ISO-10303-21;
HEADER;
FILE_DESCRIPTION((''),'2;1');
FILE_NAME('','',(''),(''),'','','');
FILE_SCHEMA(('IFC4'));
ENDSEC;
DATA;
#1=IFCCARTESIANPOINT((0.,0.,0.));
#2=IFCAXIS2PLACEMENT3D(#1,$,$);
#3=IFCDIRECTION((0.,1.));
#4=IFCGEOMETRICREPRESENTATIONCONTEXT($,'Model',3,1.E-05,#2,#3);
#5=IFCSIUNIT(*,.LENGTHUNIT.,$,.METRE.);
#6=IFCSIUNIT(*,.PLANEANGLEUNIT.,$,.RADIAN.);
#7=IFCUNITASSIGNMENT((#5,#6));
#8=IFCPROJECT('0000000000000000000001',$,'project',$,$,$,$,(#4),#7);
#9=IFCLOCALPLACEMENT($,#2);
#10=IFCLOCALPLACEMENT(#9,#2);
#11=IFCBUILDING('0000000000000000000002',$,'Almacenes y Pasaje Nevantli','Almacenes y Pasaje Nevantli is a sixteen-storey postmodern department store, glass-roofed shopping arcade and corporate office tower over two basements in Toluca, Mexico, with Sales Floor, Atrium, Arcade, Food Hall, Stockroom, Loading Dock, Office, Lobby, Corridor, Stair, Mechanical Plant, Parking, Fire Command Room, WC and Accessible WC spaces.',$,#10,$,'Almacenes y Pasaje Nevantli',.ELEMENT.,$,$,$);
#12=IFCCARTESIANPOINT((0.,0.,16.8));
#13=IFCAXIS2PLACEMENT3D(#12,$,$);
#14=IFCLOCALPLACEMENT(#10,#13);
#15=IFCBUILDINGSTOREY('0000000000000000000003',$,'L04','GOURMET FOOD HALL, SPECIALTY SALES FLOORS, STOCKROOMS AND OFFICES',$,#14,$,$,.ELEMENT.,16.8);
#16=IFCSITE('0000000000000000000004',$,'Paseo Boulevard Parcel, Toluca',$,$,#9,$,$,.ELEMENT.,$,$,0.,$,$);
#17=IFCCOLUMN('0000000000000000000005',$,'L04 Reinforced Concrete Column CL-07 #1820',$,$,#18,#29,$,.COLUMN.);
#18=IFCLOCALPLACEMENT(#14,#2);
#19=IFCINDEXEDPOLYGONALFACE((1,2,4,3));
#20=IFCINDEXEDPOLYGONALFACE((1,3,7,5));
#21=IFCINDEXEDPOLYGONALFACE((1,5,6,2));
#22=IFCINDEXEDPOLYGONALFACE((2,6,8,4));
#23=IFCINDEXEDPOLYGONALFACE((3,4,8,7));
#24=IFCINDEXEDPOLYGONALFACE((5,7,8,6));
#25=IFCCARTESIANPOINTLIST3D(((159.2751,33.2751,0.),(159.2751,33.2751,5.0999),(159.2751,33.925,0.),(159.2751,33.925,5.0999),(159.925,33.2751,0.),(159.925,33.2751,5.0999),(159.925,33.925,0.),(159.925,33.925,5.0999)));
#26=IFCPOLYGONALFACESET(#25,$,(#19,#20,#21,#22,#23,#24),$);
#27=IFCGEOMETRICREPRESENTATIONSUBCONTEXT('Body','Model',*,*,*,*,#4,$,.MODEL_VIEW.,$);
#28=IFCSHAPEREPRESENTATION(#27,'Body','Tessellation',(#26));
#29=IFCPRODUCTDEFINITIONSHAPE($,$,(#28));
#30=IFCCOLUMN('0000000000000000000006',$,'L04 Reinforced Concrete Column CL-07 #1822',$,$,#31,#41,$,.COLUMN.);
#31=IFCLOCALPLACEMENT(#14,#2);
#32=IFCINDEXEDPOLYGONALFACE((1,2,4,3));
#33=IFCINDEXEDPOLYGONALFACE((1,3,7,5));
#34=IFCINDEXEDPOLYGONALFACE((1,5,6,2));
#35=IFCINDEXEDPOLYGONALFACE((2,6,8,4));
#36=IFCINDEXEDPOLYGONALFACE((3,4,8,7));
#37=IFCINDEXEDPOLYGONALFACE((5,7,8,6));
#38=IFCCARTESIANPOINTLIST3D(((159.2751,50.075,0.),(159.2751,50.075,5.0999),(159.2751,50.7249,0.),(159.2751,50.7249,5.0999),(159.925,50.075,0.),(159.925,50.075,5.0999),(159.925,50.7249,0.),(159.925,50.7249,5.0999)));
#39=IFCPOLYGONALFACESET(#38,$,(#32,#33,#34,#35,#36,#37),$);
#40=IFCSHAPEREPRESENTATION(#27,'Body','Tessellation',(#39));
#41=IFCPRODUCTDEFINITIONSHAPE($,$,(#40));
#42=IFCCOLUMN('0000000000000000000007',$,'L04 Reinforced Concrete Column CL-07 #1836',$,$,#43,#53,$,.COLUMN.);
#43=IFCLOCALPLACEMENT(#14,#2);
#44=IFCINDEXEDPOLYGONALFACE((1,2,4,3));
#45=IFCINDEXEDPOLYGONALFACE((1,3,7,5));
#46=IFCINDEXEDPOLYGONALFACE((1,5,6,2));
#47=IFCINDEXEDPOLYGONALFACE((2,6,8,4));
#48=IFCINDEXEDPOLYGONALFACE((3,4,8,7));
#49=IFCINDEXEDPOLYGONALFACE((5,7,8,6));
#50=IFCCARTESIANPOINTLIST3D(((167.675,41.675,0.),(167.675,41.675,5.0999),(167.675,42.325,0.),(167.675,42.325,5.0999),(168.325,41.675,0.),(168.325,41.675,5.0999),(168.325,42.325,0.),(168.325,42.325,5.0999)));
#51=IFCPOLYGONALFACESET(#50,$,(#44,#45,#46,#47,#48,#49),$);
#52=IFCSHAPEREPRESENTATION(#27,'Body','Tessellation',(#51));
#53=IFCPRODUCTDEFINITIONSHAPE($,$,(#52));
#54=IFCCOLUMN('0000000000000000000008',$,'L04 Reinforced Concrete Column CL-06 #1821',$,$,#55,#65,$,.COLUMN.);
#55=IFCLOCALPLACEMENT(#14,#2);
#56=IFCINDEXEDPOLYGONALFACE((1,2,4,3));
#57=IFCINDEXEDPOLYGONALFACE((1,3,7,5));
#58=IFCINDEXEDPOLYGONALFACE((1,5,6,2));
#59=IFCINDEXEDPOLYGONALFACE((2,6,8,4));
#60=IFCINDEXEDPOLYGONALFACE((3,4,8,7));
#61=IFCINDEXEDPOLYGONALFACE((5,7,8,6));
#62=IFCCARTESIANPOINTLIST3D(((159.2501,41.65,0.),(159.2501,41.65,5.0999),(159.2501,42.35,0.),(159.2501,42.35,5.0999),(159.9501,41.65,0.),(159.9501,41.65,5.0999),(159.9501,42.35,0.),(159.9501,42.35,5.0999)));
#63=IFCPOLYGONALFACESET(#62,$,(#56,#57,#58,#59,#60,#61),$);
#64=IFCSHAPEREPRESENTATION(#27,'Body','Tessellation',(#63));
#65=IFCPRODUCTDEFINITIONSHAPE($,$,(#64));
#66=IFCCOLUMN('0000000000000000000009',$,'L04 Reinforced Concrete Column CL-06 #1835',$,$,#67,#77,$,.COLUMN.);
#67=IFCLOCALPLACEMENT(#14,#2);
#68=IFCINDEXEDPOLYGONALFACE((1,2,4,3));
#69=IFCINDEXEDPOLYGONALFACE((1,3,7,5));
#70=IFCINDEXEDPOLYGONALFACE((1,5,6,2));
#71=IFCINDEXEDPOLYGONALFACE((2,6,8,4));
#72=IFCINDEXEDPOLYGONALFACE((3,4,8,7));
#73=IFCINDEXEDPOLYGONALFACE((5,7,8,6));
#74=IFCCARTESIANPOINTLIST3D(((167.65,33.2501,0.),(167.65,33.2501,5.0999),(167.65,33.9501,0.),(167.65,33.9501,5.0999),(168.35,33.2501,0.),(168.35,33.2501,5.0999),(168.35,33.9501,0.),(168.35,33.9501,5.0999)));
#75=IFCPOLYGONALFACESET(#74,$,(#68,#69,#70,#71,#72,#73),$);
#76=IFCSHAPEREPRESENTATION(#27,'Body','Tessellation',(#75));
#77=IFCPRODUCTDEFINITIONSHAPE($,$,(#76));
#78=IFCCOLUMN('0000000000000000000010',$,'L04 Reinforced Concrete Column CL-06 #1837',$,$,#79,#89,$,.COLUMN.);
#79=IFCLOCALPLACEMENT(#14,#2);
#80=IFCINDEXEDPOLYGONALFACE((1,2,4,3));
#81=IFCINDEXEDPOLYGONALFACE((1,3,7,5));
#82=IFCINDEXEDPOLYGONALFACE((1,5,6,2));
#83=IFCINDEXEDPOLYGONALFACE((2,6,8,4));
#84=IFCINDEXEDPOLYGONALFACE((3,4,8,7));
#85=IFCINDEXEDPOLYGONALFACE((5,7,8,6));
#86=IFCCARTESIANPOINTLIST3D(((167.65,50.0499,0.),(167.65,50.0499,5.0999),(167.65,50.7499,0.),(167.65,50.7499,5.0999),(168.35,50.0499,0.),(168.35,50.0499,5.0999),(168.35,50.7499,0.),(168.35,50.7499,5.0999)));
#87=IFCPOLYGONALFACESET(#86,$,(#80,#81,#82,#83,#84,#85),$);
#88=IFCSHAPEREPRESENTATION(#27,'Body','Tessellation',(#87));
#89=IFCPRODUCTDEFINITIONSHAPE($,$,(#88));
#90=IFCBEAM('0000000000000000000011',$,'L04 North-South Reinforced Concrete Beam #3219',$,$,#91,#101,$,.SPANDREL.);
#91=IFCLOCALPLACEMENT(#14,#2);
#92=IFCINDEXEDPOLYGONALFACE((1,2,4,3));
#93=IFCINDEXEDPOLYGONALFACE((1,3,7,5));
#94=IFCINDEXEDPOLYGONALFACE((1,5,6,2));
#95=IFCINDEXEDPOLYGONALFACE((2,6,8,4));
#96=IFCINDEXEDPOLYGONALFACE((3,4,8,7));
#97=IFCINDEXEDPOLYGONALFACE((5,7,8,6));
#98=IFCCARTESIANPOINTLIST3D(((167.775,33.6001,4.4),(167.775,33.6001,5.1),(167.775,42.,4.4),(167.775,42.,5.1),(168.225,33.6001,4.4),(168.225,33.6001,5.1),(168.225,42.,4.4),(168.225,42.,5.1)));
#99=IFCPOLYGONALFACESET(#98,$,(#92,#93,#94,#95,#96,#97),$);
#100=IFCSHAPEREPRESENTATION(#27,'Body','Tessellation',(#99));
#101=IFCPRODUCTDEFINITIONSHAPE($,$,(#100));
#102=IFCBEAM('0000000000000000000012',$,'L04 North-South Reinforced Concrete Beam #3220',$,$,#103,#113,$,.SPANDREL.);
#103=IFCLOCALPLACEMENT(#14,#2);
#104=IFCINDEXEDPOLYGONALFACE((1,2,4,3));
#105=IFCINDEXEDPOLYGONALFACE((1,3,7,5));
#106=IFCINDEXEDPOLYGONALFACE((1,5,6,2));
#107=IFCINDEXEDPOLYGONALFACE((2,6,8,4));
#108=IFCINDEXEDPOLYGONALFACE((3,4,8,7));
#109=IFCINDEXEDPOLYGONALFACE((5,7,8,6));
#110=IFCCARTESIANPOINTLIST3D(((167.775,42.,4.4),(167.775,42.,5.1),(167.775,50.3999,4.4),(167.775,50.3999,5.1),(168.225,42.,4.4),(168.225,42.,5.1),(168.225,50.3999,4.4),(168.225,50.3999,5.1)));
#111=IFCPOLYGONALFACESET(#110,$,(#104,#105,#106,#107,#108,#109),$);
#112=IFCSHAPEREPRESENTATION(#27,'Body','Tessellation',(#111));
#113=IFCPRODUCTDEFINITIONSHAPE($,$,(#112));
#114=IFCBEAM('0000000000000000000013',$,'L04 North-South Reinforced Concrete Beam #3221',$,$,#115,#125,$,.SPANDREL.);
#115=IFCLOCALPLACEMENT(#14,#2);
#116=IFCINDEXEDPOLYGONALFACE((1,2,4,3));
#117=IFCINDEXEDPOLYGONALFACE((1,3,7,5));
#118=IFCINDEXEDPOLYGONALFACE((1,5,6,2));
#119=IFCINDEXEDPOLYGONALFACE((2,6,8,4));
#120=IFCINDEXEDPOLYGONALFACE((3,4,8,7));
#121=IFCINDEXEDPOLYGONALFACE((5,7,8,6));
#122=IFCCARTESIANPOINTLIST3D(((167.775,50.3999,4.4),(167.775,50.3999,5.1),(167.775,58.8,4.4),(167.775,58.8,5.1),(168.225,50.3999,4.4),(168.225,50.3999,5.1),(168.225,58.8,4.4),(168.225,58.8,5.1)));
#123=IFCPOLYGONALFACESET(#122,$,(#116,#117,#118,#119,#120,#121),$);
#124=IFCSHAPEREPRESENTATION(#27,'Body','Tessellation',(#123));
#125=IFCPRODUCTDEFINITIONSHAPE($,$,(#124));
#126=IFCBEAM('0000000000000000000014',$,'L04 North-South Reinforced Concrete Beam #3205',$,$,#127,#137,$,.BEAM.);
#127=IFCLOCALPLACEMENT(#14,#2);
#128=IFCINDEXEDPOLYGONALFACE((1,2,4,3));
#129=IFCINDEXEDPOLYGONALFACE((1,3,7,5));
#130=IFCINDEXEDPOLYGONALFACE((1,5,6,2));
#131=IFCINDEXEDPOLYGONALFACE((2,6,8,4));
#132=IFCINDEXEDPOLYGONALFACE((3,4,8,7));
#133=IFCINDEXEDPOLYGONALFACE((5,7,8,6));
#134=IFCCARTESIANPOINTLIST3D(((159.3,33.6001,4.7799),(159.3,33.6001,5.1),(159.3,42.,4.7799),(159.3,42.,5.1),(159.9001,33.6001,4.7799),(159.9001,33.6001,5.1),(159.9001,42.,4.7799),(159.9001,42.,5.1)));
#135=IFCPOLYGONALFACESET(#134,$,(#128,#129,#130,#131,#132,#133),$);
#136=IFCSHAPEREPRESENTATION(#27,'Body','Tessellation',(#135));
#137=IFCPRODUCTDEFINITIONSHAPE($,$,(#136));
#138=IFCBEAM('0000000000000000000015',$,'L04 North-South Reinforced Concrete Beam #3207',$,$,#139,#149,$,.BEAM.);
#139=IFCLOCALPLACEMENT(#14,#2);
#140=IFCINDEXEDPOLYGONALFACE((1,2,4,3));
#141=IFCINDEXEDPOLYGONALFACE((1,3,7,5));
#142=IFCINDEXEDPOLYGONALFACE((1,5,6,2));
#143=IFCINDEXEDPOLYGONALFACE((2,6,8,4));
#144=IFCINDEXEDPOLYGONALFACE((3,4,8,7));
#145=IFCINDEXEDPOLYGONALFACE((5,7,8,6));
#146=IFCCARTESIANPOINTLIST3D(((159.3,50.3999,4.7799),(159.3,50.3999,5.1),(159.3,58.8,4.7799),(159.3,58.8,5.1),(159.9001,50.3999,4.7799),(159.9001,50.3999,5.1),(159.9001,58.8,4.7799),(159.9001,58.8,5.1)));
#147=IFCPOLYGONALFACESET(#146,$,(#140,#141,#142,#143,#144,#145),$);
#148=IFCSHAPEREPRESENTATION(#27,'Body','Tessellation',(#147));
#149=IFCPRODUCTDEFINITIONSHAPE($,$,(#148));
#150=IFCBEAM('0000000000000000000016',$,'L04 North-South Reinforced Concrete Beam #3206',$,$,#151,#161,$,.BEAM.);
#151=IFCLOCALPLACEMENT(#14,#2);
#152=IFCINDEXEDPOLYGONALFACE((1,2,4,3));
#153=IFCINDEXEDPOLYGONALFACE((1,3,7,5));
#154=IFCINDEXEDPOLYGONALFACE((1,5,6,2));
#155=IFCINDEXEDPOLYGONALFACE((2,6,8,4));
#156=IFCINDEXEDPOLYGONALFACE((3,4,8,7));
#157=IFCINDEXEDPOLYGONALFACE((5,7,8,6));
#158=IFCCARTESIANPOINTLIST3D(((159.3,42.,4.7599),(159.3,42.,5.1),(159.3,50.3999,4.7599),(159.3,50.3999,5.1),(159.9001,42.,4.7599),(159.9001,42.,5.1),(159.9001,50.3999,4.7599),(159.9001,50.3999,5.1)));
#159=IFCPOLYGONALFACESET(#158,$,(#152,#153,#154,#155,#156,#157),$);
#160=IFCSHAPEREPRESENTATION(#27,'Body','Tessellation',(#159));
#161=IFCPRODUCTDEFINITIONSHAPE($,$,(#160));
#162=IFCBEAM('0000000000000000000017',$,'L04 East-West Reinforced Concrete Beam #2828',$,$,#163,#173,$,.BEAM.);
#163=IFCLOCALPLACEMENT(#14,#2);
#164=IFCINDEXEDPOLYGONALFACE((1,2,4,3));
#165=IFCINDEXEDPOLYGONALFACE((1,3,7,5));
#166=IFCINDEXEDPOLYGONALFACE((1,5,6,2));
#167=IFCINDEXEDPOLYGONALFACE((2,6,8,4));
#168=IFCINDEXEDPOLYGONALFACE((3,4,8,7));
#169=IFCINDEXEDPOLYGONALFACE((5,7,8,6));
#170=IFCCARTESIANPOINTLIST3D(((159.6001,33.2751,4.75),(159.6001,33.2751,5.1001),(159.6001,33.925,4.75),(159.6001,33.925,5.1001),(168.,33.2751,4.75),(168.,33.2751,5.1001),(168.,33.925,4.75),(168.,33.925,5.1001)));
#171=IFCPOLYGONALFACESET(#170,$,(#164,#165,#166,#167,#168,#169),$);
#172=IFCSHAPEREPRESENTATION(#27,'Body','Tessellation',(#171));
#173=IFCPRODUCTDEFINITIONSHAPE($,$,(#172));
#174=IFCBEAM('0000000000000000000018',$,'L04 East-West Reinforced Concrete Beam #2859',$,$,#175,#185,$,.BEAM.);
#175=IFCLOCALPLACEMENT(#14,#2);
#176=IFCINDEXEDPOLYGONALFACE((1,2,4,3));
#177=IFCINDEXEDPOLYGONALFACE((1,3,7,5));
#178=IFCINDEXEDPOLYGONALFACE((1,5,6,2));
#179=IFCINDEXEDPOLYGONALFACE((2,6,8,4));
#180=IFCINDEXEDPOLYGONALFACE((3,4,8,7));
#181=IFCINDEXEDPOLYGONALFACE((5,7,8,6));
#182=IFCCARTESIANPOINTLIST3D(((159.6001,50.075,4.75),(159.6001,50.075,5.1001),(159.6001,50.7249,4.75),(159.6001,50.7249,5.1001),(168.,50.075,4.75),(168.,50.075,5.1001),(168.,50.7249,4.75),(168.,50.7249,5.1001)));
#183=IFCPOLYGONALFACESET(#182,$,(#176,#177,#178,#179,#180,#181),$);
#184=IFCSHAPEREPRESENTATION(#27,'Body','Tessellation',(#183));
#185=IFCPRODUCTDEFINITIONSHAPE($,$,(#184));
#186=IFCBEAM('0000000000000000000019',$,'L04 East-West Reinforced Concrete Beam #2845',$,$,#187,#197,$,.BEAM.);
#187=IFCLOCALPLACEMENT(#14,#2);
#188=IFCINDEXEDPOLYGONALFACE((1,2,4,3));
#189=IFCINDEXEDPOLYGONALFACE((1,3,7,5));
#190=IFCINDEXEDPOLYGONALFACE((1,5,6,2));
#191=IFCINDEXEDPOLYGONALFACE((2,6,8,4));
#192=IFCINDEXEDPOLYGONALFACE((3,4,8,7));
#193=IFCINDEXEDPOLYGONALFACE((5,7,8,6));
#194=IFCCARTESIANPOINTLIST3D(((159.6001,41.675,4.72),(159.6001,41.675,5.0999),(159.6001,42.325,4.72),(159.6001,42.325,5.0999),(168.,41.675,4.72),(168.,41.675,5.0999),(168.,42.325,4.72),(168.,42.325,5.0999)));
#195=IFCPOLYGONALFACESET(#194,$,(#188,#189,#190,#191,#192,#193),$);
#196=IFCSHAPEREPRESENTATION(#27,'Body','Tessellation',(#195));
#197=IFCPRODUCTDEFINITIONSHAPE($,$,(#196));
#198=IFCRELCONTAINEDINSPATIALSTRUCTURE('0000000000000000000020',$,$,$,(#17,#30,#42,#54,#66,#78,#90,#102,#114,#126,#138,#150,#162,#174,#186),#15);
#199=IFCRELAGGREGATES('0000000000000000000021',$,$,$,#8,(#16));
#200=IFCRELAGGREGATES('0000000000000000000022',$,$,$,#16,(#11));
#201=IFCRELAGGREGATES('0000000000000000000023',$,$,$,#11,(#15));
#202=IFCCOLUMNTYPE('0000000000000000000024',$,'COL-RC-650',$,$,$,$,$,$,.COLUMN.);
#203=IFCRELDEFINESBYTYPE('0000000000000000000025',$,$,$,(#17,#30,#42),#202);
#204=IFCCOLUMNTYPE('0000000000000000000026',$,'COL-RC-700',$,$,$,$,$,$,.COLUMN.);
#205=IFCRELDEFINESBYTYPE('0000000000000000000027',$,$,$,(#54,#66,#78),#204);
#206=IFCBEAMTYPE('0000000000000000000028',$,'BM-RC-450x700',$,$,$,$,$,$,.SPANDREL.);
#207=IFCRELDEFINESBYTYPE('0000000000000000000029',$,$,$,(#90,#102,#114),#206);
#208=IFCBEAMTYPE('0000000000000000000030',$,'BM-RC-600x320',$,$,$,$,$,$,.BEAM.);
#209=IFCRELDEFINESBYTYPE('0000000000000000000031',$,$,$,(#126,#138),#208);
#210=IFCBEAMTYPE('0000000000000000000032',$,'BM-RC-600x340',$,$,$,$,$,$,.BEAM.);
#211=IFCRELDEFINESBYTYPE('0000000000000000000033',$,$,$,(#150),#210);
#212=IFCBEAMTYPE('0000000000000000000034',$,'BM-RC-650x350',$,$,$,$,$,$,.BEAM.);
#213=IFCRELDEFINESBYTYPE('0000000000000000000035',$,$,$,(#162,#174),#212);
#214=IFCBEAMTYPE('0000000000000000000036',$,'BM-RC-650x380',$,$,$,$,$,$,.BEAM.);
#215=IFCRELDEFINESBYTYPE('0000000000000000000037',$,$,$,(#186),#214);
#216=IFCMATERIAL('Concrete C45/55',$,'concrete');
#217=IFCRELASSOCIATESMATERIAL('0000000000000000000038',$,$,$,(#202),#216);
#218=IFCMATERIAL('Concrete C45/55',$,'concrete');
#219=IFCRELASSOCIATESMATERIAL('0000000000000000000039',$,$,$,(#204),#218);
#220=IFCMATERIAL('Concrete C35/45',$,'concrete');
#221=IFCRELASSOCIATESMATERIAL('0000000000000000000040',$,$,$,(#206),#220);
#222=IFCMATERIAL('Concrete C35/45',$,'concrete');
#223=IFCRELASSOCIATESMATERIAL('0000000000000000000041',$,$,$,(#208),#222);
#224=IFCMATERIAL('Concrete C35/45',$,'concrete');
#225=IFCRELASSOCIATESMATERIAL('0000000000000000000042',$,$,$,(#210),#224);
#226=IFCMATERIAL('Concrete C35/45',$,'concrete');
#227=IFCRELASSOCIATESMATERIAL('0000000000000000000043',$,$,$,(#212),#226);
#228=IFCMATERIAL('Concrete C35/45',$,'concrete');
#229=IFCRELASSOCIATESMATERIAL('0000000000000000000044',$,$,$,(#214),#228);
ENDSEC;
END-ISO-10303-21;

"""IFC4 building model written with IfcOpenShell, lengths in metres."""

from ifc_helpers import new_model, si_unit, direction, frame, origin, origin_2d, place, context, subcontext, project, spatial, rectangle, extrude, material, material_profile, profile_set, type_object, element, save


model = new_model("IFC4")

# Units and contexts
model_context = context("Model", 3, precision=1e-05, world=origin(), true_north=direction((0.0, 1.0)))
body_context = subcontext(model_context, "Body", "Model", "MODEL_VIEW")
ifc_project = project(units=[si_unit("LENGTHUNIT", "METRE"), si_unit("PLANEANGLEUNIT", "RADIAN")], contexts=[model_context])

# Site, building, storey
site_placement = place(None, origin())
site = spatial("IfcSite", under=ifc_project, at=site_placement, Name="Paseo Boulevard Parcel, Toluca", CompositionType="ELEMENT", RefElevation=0.0)
building_placement = place(site_placement, origin())
building = spatial("IfcBuilding", under=site, at=building_placement, Name="Almacenes y Pasaje Nevantli", Description="Almacenes y Pasaje Nevantli is a sixteen-storey postmodern department store, glass-roofed shopping arcade and corporate office tower over two basements in Toluca, Mexico, with Sales Floor, Atrium, Arcade, Food Hall, Stockroom, Loading Dock, Office, Lobby, Corridor, Stair, Mechanical Plant, Parking, Fire Command Room, WC and Accessible WC spaces.", LongName="Almacenes y Pasaje Nevantli", CompositionType="ELEMENT")
storey_placement = place(building_placement, frame((0.0, 0.0, 16.8)))
storey = spatial("IfcBuildingStorey", under=building, at=storey_placement, Name="L04", Description="GOURMET FOOD HALL, SPECIALTY SALES FLOORS, STOCKROOMS AND OFFICES", CompositionType="ELEMENT", Elevation=16.8)

# Columns
ifc_material_1 = material(Name="Concrete C45/55", Category="concrete")
ifc_material_profile_1 = material_profile(ifc_material_1, rectangle(XDim=0.6499, YDim=0.6499, at=origin_2d()), Name="RC-COL-650x650")
ifc_profile_set_1 = profile_set([ifc_material_profile_1], Name="Concrete C45/55")
column_type_1 = type_object("IfcColumnType", Name="COL-RC-650", PredefinedType="COLUMN", material=ifc_profile_set_1)
for number, where, z_axis, x_axis, name in (
    (1, (159.6001, 33.6001, 0.0), (0.0, 0.0, 1.0), (1.0, 0.0, 0.0), "L04 Reinforced Concrete Column CL-07 #1820"),
    (2, (159.6001, 50.3999, 0.0), (0.0, 0.0, 1.0), (1.0, 0.0, 0.0), "L04 Reinforced Concrete Column CL-07 #1822"),
    (3, (168.0, 42.0, 0.0), (0.0, 0.0, 1.0), (1.0, 0.0, 0.0), "L04 Reinforced Concrete Column CL-07 #1836"),
):
    element("IfcColumn", number, at=place(storey_placement, frame(where, z_axis=z_axis, x_axis=x_axis)), inside=storey, type_object=column_type_1, Name=name, PredefinedType="COLUMN", context=body_context, shape_type="SweptSolid", body=[
        extrude(rectangle(XDim=0.6499, YDim=0.6499, at=origin_2d()), origin(), (0.0, 0.0, 1.0), 5.0999),
    ])
ifc_material_2 = material(Name="Concrete C45/55", Category="concrete")
ifc_material_profile_2 = material_profile(ifc_material_2, rectangle(XDim=0.7, YDim=0.7, at=origin_2d()), Name="RC-COL-700x700")
ifc_profile_set_2 = profile_set([ifc_material_profile_2], Name="Concrete C45/55")
column_type_2 = type_object("IfcColumnType", Name="COL-RC-700", PredefinedType="COLUMN", material=ifc_profile_set_2)
for number, where, z_axis, x_axis, name in (
    (4, (159.6001, 42.0, 0.0), (0.0, 0.0, 1.0), (1.0, 0.0, 0.0), "L04 Reinforced Concrete Column CL-06 #1821"),
    (5, (168.0, 33.6001, 0.0), (0.0, 0.0, 1.0), (1.0, 0.0, 0.0), "L04 Reinforced Concrete Column CL-06 #1835"),
    (6, (168.0, 50.3999, 0.0), (0.0, 0.0, 1.0), (1.0, 0.0, 0.0), "L04 Reinforced Concrete Column CL-06 #1837"),
):
    element("IfcColumn", number, at=place(storey_placement, frame(where, z_axis=z_axis, x_axis=x_axis)), inside=storey, type_object=column_type_2, Name=name, PredefinedType="COLUMN", context=body_context, shape_type="SweptSolid", body=[
        extrude(rectangle(XDim=0.7, YDim=0.7, at=origin_2d()), origin(), (0.0, 0.0, 1.0), 5.0999),
    ])

# Beams
ifc_material_3 = material(Name="Concrete C35/45", Category="concrete")
ifc_material_profile_3 = material_profile(ifc_material_3, rectangle(XDim=0.45, YDim=0.7, at=origin_2d()), Name="RC-BM-450x700")
ifc_profile_set_3 = profile_set([ifc_material_profile_3], Name="Concrete C35/45")
beam_type_1 = type_object("IfcBeamType", Name="BM-RC-450x700", PredefinedType="SPANDREL", material=ifc_profile_set_3)
for number, where, z_axis, x_axis, name in (
    (7, (168.0, 33.6001, 4.75), (0.0, 1.0, 0.0), (-1.0, 0.0, 0.0), "L04 North-South Reinforced Concrete Beam #3219"),
    (8, (168.0, 42.0, 4.75), (0.0, 1.0, 0.0), (-1.0, 0.0, 0.0), "L04 North-South Reinforced Concrete Beam #3220"),
):
    element("IfcBeam", number, at=place(storey_placement, frame(where, z_axis=z_axis, x_axis=x_axis)), inside=storey, type_object=beam_type_1, Name=name, PredefinedType="SPANDREL", context=body_context, shape_type="SweptSolid", body=[
        extrude(rectangle(XDim=0.45, YDim=0.7, at=origin_2d()), origin(), (0.0, 0.0, 1.0), 8.3999),
    ])
beam_1_placement = place(storey_placement, frame((168.0, 50.3999, 4.75), z_axis=(0.0, 1.0, 0.0), x_axis=(-1.0, 0.0, 0.0)))
element("IfcBeam", 9, at=beam_1_placement, inside=storey, type_object=beam_type_1, Name="L04 North-South Reinforced Concrete Beam #3221", PredefinedType="SPANDREL", context=body_context, shape_type="SweptSolid", body=[
    extrude(rectangle(XDim=0.45, YDim=0.7, at=origin_2d()), origin(), (0.0, 0.0, 1.0), 8.4001),
])
ifc_material_4 = material(Name="Concrete C35/45", Category="concrete")
ifc_material_profile_4 = material_profile(ifc_material_4, rectangle(XDim=0.6001, YDim=0.3201, at=origin_2d()), Name="RC-BM-600x320")
ifc_profile_set_4 = profile_set([ifc_material_profile_4], Name="Concrete C35/45")
beam_type_2 = type_object("IfcBeamType", Name="BM-RC-600x320", PredefinedType="BEAM", material=ifc_profile_set_4)
beam_2_placement = place(storey_placement, frame((159.6001, 33.6001, 4.9399), z_axis=(0.0, 1.0, 0.0), x_axis=(-1.0, 0.0, 0.0)))
element("IfcBeam", 10, at=beam_2_placement, inside=storey, type_object=beam_type_2, Name="L04 North-South Reinforced Concrete Beam #3205", PredefinedType="BEAM", context=body_context, shape_type="SweptSolid", body=[
    extrude(rectangle(XDim=0.6001, YDim=0.3201, at=origin_2d()), origin(), (0.0, 0.0, 1.0), 8.3999),
])
beam_3_placement = place(storey_placement, frame((159.6001, 50.3999, 4.9399), z_axis=(0.0, 1.0, 0.0), x_axis=(-1.0, 0.0, 0.0)))
element("IfcBeam", 11, at=beam_3_placement, inside=storey, type_object=beam_type_2, Name="L04 North-South Reinforced Concrete Beam #3207", PredefinedType="BEAM", context=body_context, shape_type="SweptSolid", body=[
    extrude(rectangle(XDim=0.6001, YDim=0.3201, at=origin_2d()), origin(), (0.0, 0.0, 1.0), 8.4001),
])
ifc_material_5 = material(Name="Concrete C35/45", Category="concrete")
ifc_material_profile_5 = material_profile(ifc_material_5, rectangle(XDim=0.6001, YDim=0.3401, at=origin_2d()), Name="RC-BM-600x340")
ifc_profile_set_5 = profile_set([ifc_material_profile_5], Name="Concrete C35/45")
beam_type_3 = type_object("IfcBeamType", Name="BM-RC-600x340", PredefinedType="BEAM", material=ifc_profile_set_5)
beam_4_placement = place(storey_placement, frame((159.6001, 42.0, 4.9299), z_axis=(0.0, 1.0, 0.0), x_axis=(-1.0, 0.0, 0.0)))
element("IfcBeam", 12, at=beam_4_placement, inside=storey, type_object=beam_type_3, Name="L04 North-South Reinforced Concrete Beam #3206", PredefinedType="BEAM", context=body_context, shape_type="SweptSolid", body=[
    extrude(rectangle(XDim=0.6001, YDim=0.3401, at=origin_2d()), origin(), (0.0, 0.0, 1.0), 8.3999),
])
ifc_material_6 = material(Name="Concrete C35/45", Category="concrete")
ifc_material_profile_6 = material_profile(ifc_material_6, rectangle(XDim=0.6499, YDim=0.3501, at=origin_2d()), Name="RC-BM-650x350")
ifc_profile_set_6 = profile_set([ifc_material_profile_6], Name="Concrete C35/45")
beam_type_4 = type_object("IfcBeamType", Name="BM-RC-650x350", PredefinedType="BEAM", material=ifc_profile_set_6)
for number, where, z_axis, x_axis, name in (
    (13, (159.6001, 33.6001, 4.925), (1.0, 0.0, 0.0), (0.0, 1.0, 0.0), "L04 East-West Reinforced Concrete Beam #2828"),
    (14, (159.6001, 50.3999, 4.925), (1.0, 0.0, 0.0), (0.0, 1.0, 0.0), "L04 East-West Reinforced Concrete Beam #2859"),
):
    element("IfcBeam", number, at=place(storey_placement, frame(where, z_axis=z_axis, x_axis=x_axis)), inside=storey, type_object=beam_type_4, Name=name, PredefinedType="BEAM", context=body_context, shape_type="SweptSolid", body=[
        extrude(rectangle(XDim=0.6499, YDim=0.3501, at=origin_2d()), origin(), (0.0, 0.0, 1.0), 8.3999),
    ])
ifc_material_7 = material(Name="Concrete C35/45", Category="concrete")
ifc_material_profile_7 = material_profile(ifc_material_7, rectangle(XDim=0.6499, YDim=0.3799, at=origin_2d()), Name="RC-BM-650x380")
ifc_profile_set_7 = profile_set([ifc_material_profile_7], Name="Concrete C35/45")
beam_type_5 = type_object("IfcBeamType", Name="BM-RC-650x380", PredefinedType="BEAM", material=ifc_profile_set_7)
beam_5_placement = place(storey_placement, frame((159.6001, 42.0, 4.9099), z_axis=(1.0, 0.0, 0.0), x_axis=(0.0, 1.0, 0.0)))
element("IfcBeam", 15, at=beam_5_placement, inside=storey, type_object=beam_type_5, Name="L04 East-West Reinforced Concrete Beam #2845", PredefinedType="BEAM", context=body_context, shape_type="SweptSolid", body=[
    extrude(rectangle(XDim=0.6499, YDim=0.3799, at=origin_2d()), origin(), (0.0, 0.0, 1.0), 8.3999),
])

save(model, "model.ifc")
